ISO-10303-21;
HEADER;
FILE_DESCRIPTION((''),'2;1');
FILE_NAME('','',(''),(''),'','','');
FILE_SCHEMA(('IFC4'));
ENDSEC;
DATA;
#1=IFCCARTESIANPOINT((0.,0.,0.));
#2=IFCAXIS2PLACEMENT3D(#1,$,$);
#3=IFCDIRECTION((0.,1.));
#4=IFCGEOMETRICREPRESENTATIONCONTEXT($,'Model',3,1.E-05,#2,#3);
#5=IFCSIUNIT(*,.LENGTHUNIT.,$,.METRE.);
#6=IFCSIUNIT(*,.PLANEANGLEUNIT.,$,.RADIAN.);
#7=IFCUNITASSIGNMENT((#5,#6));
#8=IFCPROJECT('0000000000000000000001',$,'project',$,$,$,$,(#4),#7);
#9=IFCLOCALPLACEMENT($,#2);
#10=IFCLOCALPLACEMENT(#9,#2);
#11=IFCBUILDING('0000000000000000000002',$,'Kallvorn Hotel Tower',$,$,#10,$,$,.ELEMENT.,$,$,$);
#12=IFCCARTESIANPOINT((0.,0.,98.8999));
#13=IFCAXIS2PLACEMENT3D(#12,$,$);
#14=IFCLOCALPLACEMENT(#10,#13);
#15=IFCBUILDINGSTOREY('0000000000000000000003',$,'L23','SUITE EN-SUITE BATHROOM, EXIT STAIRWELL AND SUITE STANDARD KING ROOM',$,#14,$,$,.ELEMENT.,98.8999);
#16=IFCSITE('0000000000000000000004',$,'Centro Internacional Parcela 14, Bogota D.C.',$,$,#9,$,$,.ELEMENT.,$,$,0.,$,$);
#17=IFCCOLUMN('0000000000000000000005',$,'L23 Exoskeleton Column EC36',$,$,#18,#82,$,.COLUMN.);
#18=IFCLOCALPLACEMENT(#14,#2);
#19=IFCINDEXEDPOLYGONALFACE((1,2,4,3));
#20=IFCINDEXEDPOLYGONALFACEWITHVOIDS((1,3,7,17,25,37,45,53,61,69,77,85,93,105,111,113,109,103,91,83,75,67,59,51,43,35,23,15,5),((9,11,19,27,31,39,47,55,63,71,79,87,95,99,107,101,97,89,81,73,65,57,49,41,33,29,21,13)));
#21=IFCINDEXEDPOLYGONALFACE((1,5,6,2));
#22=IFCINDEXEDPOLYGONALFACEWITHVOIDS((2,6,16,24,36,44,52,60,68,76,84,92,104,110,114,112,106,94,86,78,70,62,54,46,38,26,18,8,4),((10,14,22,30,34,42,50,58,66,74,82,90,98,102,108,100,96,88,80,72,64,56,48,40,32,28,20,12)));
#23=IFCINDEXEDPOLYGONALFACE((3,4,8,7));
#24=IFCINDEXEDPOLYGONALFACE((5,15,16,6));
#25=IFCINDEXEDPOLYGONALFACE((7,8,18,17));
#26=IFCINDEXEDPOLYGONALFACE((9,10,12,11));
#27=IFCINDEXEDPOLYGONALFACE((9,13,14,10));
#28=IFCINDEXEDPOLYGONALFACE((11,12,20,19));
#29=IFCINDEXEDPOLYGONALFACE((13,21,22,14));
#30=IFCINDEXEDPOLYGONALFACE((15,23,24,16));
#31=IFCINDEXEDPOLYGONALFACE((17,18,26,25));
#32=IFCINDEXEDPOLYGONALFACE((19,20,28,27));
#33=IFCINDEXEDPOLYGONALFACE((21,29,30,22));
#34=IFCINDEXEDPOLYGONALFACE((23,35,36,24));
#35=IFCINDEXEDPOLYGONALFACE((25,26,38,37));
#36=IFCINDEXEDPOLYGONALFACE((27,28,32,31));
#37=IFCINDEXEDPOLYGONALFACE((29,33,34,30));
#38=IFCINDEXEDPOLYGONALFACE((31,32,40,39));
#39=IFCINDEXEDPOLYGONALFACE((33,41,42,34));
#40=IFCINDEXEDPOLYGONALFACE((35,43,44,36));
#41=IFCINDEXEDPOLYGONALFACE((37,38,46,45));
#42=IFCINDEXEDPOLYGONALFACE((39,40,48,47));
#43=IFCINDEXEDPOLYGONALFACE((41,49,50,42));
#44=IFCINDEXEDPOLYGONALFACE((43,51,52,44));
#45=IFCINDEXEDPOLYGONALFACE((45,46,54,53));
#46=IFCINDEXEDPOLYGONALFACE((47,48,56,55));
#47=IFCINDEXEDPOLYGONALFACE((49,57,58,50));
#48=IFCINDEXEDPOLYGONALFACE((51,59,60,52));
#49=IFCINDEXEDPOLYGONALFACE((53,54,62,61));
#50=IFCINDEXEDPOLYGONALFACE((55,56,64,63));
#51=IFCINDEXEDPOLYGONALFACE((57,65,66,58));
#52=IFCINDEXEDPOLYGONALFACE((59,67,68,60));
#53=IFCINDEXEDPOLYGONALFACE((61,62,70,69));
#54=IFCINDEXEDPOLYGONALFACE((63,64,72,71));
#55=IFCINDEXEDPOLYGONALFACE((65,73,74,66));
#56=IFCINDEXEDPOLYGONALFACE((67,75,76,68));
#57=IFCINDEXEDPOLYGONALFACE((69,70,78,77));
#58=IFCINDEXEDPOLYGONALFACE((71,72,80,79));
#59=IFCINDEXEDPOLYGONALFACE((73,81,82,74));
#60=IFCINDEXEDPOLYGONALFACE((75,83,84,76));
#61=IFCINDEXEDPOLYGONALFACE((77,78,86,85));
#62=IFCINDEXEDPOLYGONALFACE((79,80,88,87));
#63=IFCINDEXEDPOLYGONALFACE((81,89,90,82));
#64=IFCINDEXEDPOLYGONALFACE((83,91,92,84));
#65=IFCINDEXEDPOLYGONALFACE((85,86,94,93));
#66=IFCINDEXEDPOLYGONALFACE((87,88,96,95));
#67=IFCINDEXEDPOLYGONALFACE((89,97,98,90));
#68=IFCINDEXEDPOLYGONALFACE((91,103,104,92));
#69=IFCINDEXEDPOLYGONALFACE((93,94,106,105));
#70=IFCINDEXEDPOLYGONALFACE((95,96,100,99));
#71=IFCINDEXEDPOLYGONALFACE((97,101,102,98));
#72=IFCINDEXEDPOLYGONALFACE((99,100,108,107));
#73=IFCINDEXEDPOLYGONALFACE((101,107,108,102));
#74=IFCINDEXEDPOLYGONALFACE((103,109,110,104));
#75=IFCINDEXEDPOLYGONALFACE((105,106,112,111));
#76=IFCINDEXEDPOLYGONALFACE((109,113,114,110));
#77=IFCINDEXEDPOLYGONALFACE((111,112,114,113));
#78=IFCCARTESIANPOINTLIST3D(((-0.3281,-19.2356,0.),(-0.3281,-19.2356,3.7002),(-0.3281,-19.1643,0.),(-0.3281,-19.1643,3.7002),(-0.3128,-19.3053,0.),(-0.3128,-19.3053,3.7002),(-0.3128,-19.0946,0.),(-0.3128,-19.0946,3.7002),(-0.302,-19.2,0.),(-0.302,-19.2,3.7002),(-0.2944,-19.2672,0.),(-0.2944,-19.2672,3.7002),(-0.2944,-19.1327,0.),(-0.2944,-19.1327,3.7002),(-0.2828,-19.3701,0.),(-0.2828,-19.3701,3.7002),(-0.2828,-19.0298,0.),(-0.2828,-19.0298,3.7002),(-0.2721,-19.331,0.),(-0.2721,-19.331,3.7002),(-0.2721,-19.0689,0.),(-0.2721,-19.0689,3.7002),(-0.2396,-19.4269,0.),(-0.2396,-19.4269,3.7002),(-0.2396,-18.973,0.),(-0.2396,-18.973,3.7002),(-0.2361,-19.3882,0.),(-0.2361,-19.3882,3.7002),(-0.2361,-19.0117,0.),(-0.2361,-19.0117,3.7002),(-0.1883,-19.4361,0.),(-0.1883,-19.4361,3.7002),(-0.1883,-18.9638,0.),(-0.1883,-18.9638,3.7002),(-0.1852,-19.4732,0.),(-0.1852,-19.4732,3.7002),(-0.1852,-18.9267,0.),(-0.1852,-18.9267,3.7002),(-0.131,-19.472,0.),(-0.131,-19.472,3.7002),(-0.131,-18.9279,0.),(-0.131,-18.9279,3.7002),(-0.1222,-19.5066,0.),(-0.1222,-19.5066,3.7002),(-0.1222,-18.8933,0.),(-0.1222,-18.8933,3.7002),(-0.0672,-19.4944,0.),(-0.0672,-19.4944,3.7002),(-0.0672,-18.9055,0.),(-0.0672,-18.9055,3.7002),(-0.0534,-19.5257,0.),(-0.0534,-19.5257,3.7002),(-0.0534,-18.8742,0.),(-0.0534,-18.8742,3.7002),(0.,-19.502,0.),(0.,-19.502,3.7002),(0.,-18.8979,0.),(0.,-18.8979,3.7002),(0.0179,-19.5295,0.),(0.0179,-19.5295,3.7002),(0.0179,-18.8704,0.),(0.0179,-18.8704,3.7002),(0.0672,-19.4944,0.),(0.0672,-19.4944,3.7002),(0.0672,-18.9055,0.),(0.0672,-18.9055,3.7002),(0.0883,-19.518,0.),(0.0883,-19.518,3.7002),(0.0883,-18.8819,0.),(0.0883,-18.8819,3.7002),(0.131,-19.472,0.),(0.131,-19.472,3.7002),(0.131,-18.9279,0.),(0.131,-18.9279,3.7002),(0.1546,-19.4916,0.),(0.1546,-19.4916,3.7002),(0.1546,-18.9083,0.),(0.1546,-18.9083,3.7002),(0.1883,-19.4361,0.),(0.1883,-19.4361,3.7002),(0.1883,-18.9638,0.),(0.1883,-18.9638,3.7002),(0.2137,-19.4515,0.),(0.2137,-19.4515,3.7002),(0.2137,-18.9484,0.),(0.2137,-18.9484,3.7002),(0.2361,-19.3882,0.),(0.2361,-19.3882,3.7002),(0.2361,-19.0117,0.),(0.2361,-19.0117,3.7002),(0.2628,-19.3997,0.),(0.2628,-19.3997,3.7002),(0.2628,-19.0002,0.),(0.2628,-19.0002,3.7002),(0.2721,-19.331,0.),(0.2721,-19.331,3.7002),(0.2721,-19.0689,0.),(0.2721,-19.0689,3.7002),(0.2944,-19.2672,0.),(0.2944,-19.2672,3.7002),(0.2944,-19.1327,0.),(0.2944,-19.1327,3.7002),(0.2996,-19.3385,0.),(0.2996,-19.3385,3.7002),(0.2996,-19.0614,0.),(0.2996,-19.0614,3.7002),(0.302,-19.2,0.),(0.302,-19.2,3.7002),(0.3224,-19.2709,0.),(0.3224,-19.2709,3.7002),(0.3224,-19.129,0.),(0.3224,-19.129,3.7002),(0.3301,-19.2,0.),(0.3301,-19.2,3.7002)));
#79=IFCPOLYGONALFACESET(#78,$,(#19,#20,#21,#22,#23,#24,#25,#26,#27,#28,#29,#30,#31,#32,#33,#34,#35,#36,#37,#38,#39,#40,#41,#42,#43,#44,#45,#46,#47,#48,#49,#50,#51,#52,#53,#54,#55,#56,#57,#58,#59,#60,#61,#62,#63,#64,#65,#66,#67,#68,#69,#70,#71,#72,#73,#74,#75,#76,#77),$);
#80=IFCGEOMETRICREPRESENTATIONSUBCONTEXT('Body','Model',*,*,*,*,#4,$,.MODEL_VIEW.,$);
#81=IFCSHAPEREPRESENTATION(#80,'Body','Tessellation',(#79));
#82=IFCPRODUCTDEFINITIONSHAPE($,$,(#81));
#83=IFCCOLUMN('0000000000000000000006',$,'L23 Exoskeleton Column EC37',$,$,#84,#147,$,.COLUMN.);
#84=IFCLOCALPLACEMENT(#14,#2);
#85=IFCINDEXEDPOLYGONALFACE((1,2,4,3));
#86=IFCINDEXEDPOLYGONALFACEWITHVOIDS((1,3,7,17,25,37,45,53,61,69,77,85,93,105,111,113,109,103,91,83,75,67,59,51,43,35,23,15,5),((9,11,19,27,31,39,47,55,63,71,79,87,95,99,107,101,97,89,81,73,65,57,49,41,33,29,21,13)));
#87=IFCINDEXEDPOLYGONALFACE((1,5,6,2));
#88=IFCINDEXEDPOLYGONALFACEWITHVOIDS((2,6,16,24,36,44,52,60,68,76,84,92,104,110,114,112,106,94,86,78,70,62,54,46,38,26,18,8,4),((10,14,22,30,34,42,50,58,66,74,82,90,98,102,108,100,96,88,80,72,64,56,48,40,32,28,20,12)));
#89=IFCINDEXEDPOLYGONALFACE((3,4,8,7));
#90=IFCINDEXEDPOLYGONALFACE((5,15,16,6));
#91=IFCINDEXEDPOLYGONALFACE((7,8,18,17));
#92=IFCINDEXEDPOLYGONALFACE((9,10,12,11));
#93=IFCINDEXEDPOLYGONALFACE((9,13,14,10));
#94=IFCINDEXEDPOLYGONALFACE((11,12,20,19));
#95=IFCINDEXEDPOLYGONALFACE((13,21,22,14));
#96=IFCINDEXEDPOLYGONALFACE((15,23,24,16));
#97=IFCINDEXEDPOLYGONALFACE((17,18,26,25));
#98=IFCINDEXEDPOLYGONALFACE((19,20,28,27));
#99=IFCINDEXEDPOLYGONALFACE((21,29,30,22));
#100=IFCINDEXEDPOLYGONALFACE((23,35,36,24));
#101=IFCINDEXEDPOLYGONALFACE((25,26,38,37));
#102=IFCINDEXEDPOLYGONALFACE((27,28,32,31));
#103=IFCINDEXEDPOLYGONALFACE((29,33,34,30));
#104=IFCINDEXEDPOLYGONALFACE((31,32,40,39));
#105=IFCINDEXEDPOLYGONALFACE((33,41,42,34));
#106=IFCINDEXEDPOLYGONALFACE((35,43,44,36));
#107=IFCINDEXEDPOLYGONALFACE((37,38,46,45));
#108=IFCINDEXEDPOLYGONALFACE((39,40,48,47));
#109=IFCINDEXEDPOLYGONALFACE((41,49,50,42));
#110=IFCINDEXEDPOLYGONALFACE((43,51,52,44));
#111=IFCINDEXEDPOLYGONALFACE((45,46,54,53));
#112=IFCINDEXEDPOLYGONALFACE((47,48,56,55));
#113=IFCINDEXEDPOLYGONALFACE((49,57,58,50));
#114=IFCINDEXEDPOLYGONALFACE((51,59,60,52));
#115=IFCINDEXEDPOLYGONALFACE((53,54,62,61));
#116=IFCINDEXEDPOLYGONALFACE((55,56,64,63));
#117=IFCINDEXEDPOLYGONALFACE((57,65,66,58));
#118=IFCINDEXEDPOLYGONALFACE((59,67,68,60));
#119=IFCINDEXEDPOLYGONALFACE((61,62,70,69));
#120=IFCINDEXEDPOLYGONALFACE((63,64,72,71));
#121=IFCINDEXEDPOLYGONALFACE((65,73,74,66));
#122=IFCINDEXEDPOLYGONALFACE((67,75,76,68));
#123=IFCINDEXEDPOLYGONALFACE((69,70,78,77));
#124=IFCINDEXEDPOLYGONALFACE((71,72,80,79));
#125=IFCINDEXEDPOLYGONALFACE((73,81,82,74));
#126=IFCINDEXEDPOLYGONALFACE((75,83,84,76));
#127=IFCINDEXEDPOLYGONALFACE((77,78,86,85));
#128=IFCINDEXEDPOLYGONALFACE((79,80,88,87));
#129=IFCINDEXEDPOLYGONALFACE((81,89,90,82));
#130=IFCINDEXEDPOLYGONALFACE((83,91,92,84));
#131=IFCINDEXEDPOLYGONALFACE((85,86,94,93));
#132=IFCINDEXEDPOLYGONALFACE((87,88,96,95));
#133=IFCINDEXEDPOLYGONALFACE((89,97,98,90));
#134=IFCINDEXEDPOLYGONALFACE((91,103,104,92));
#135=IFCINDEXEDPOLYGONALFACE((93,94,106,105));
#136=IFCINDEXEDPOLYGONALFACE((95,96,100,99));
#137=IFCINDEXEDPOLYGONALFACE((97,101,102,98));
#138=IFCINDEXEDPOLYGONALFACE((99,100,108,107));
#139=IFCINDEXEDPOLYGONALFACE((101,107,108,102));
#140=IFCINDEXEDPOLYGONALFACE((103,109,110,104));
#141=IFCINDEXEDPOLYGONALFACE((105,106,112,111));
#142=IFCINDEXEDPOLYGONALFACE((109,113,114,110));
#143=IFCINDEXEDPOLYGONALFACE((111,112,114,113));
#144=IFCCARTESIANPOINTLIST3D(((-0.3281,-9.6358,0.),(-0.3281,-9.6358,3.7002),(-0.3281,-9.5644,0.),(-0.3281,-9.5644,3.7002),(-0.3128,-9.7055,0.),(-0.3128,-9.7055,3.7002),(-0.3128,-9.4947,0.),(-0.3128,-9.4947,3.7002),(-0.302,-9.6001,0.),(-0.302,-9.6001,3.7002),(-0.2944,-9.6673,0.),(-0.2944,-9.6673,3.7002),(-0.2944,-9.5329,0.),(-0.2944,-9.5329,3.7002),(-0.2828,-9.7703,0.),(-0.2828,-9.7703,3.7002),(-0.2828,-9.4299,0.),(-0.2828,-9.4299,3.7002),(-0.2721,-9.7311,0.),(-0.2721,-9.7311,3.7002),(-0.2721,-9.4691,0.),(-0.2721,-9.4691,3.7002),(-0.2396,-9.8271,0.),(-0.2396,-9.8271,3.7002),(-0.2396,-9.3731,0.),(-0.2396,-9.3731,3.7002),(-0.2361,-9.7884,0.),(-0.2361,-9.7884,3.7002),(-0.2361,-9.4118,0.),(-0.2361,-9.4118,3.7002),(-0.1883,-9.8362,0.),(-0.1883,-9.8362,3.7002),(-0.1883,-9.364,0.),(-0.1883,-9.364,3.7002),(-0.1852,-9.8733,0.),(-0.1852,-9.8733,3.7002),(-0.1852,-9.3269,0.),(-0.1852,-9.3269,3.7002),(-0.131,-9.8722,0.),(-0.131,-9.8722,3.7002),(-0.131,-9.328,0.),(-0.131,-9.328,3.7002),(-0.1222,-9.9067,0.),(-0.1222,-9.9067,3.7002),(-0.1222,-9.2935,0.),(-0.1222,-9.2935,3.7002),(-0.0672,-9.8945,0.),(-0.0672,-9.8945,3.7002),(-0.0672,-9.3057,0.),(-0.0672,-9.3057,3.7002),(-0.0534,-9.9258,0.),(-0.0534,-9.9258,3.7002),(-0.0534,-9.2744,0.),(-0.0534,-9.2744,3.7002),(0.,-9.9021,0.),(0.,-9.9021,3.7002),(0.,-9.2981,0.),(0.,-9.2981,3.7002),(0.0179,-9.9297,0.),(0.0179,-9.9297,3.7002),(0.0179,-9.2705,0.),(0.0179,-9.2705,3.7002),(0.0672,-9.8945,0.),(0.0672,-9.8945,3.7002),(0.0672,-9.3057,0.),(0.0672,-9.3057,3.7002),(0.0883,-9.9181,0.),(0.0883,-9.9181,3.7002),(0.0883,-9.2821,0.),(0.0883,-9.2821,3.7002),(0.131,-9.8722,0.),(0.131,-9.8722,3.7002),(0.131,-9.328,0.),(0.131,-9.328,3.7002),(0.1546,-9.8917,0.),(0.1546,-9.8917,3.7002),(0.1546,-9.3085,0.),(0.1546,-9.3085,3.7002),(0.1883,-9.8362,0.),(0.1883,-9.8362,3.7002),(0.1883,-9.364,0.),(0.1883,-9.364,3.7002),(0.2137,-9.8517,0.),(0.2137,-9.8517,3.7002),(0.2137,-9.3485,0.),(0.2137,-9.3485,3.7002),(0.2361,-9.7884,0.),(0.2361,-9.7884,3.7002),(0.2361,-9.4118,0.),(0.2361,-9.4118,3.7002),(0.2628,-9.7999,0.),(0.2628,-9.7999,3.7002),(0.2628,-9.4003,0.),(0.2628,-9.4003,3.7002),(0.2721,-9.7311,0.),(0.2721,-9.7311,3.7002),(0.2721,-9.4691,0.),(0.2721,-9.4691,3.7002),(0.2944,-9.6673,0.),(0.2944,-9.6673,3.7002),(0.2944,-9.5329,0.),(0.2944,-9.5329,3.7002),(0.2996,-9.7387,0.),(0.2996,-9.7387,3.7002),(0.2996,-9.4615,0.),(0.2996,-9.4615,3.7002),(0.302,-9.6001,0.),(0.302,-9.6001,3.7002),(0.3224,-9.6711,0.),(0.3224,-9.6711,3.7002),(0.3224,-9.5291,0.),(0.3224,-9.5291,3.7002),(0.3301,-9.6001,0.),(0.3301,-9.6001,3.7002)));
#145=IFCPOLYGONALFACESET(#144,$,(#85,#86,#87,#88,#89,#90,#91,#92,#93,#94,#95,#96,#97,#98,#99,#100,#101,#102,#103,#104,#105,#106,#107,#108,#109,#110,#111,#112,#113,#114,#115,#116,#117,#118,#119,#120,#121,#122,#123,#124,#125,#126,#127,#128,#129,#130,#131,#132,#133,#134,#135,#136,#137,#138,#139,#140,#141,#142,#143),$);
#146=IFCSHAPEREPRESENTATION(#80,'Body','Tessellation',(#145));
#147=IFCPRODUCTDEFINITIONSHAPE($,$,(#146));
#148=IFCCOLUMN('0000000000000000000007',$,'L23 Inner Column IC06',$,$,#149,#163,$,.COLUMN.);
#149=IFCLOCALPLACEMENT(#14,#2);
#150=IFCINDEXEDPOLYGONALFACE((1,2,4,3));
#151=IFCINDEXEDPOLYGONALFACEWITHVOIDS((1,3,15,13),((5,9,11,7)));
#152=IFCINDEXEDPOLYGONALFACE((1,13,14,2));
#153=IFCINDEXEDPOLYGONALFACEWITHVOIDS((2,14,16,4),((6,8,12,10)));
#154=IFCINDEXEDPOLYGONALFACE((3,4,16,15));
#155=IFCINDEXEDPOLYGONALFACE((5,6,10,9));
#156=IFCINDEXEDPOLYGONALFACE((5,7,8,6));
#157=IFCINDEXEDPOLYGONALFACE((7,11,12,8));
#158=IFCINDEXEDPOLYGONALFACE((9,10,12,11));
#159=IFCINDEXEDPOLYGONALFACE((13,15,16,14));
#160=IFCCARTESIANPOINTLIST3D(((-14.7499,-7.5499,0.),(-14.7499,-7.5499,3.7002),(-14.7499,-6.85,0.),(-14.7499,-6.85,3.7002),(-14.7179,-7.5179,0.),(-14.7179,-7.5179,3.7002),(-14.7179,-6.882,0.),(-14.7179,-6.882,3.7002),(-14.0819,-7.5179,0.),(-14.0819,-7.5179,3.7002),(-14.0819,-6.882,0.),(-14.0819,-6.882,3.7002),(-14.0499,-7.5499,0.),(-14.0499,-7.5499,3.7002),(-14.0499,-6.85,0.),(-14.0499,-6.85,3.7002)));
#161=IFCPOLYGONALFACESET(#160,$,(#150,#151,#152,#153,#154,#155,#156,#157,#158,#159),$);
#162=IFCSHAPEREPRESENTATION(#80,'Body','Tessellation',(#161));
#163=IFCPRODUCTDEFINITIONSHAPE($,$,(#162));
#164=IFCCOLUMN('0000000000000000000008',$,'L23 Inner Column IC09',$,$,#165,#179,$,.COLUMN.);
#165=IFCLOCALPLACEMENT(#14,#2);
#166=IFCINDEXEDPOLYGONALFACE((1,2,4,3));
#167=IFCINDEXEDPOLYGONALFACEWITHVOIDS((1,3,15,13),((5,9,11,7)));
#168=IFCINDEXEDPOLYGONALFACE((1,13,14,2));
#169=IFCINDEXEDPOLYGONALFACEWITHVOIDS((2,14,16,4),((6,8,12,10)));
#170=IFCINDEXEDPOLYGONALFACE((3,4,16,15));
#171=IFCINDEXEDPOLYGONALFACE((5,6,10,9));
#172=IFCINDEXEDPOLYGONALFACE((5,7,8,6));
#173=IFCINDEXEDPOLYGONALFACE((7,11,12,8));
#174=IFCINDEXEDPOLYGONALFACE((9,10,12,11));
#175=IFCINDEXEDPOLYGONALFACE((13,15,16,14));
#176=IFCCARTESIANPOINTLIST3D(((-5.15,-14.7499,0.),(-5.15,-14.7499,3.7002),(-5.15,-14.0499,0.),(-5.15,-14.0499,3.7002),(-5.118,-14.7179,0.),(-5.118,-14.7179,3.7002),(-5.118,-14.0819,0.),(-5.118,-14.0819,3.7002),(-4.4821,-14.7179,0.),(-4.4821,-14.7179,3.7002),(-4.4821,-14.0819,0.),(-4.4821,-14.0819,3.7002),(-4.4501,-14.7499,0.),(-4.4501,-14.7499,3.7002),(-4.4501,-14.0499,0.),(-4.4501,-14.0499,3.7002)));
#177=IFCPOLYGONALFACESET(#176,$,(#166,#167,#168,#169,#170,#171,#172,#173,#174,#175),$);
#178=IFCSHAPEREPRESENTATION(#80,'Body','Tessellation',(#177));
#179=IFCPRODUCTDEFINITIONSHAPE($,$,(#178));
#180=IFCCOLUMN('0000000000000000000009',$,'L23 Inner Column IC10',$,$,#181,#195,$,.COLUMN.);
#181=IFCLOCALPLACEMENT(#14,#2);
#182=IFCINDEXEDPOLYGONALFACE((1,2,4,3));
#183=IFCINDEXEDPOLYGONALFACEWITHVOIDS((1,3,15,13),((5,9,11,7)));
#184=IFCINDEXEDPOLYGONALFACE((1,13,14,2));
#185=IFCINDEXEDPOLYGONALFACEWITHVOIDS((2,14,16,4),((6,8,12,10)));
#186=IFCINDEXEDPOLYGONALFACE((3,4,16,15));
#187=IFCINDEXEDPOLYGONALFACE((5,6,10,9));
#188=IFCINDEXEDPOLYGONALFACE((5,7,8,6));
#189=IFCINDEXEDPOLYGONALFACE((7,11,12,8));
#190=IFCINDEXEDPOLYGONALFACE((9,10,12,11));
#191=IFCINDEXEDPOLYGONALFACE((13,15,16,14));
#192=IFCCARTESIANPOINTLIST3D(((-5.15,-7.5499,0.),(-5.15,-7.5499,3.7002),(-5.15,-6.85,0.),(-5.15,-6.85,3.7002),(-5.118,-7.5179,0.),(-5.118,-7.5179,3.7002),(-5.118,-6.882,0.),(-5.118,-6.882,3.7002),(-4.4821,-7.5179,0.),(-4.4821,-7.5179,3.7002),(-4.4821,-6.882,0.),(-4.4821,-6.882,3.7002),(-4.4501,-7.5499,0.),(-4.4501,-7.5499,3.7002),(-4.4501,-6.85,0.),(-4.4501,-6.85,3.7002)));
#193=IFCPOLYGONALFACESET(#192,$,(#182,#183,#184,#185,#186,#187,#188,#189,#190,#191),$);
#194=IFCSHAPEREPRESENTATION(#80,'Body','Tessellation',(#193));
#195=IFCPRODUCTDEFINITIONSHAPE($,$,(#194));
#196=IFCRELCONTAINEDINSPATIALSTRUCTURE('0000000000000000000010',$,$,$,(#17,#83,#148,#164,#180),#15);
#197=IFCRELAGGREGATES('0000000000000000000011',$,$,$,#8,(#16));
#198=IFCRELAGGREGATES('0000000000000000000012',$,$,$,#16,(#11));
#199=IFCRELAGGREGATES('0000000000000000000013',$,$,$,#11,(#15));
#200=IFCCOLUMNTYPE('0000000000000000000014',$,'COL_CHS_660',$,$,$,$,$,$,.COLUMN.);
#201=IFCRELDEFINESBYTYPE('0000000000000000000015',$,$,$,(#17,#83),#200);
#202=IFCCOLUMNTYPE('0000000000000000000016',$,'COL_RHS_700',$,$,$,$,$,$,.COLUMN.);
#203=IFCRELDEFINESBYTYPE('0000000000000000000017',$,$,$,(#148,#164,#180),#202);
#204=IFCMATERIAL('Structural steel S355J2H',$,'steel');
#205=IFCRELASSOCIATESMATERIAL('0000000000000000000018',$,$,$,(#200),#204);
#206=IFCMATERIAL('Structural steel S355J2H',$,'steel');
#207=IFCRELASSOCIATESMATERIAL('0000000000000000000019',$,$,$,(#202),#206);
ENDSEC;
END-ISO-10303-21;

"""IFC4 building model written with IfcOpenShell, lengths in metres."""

from ifc_helpers import new_model, si_unit, direction, frame, origin, origin_2d, place, context, subcontext, project, spatial, hollow_rectangle, hollow_circle, extrude, material, material_profile, profile_set, type_object, element, save


model = new_model("IFC4")

# Units and contexts
model_context = context("Model", 3, precision=1e-05, world=origin(), true_north=direction((0.0, 1.0)))
body_context = subcontext(model_context, "Body", "Model", "MODEL_VIEW")
ifc_project = project(units=[si_unit("LENGTHUNIT", "METRE"), si_unit("PLANEANGLEUNIT", "RADIAN")], contexts=[model_context])

# Site, building, storey
site_placement = place(None, origin())
site = spatial("IfcSite", under=ifc_project, at=site_placement, Name="Centro Internacional Parcela 14, Bogota D.C.", CompositionType="ELEMENT", RefElevation=0.0)
building_placement = place(site_placement, origin())
building = spatial("IfcBuilding", under=site, at=building_placement, Name="Kallvorn Hotel Tower", CompositionType="ELEMENT")
storey_placement = place(building_placement, frame((0.0, 0.0, 98.8999)))
storey = spatial("IfcBuildingStorey", under=building, at=storey_placement, Name="L23", Description="SUITE EN-SUITE BATHROOM, EXIT STAIRWELL AND SUITE STANDARD KING ROOM", CompositionType="ELEMENT", Elevation=98.8999)

# Columns
ifc_material_1 = material(Name="Structural steel S355J2H", Category="steel")
ifc_material_profile_1 = material_profile(ifc_material_1, hollow_circle(Radius=0.3301, WallThickness=0.0281, at=origin_2d()), Name="CHS 660x28")
ifc_profile_set_1 = profile_set([ifc_material_profile_1], Name="Structural steel S355J2H")
column_type_1 = type_object("IfcColumnType", Name="COL_CHS_660", PredefinedType="COLUMN", material=ifc_profile_set_1)
for number, where, z_axis, x_axis, name in (
    (1, (0.0, -19.2, 0.0), (0.0, 0.0, 1.0), (1.0, 0.0, 0.0), "L23 Exoskeleton Column EC36"),
    (2, (0.0, -9.6001, 0.0), (0.0, 0.0, 1.0), (1.0, 0.0, 0.0), "L23 Exoskeleton Column EC37"),
):
    element("IfcColumn", number, at=place(storey_placement, frame(where, z_axis=z_axis, x_axis=x_axis)), inside=storey, type_object=column_type_1, Name=name, PredefinedType="COLUMN", context=body_context, shape_type="SweptSolid", body=[
        extrude(hollow_circle(Radius=0.3301, WallThickness=0.0281, at=origin_2d()), origin(), (0.0, 0.0, 1.0), 3.7002),
    ])
ifc_material_2 = material(Name="Structural steel S355J2H", Category="steel")
ifc_material_profile_2 = material_profile(ifc_material_2, hollow_rectangle(XDim=0.7, YDim=0.7, WallThickness=0.032, at=origin_2d()), Name="RHS 700x700x32")
ifc_profile_set_2 = profile_set([ifc_material_profile_2], Name="Structural steel S355J2H")
column_type_2 = type_object("IfcColumnType", Name="COL_RHS_700", PredefinedType="COLUMN", material=ifc_profile_set_2)
for number, where, z_axis, x_axis, name in (
    (3, (-14.3999, -7.2, 0.0), (0.0, 0.0, 1.0), (1.0, 0.0, 0.0), "L23 Inner Column IC06"),
    (4, (-4.8, -14.3999, 0.0), (0.0, 0.0, 1.0), (1.0, 0.0, 0.0), "L23 Inner Column IC09"),
    (5, (-4.8, -7.2, 0.0), (0.0, 0.0, 1.0), (1.0, 0.0, 0.0), "L23 Inner Column IC10"),
):
    element("IfcColumn", number, at=place(storey_placement, frame(where, z_axis=z_axis, x_axis=x_axis)), inside=storey, type_object=column_type_2, Name=name, PredefinedType="COLUMN", context=body_context, shape_type="SweptSolid", body=[
        extrude(hollow_rectangle(XDim=0.7, YDim=0.7, WallThickness=0.032, at=origin_2d()), origin(), (0.0, 0.0, 1.0), 3.7002),
    ])

save(model, "model.ifc")
